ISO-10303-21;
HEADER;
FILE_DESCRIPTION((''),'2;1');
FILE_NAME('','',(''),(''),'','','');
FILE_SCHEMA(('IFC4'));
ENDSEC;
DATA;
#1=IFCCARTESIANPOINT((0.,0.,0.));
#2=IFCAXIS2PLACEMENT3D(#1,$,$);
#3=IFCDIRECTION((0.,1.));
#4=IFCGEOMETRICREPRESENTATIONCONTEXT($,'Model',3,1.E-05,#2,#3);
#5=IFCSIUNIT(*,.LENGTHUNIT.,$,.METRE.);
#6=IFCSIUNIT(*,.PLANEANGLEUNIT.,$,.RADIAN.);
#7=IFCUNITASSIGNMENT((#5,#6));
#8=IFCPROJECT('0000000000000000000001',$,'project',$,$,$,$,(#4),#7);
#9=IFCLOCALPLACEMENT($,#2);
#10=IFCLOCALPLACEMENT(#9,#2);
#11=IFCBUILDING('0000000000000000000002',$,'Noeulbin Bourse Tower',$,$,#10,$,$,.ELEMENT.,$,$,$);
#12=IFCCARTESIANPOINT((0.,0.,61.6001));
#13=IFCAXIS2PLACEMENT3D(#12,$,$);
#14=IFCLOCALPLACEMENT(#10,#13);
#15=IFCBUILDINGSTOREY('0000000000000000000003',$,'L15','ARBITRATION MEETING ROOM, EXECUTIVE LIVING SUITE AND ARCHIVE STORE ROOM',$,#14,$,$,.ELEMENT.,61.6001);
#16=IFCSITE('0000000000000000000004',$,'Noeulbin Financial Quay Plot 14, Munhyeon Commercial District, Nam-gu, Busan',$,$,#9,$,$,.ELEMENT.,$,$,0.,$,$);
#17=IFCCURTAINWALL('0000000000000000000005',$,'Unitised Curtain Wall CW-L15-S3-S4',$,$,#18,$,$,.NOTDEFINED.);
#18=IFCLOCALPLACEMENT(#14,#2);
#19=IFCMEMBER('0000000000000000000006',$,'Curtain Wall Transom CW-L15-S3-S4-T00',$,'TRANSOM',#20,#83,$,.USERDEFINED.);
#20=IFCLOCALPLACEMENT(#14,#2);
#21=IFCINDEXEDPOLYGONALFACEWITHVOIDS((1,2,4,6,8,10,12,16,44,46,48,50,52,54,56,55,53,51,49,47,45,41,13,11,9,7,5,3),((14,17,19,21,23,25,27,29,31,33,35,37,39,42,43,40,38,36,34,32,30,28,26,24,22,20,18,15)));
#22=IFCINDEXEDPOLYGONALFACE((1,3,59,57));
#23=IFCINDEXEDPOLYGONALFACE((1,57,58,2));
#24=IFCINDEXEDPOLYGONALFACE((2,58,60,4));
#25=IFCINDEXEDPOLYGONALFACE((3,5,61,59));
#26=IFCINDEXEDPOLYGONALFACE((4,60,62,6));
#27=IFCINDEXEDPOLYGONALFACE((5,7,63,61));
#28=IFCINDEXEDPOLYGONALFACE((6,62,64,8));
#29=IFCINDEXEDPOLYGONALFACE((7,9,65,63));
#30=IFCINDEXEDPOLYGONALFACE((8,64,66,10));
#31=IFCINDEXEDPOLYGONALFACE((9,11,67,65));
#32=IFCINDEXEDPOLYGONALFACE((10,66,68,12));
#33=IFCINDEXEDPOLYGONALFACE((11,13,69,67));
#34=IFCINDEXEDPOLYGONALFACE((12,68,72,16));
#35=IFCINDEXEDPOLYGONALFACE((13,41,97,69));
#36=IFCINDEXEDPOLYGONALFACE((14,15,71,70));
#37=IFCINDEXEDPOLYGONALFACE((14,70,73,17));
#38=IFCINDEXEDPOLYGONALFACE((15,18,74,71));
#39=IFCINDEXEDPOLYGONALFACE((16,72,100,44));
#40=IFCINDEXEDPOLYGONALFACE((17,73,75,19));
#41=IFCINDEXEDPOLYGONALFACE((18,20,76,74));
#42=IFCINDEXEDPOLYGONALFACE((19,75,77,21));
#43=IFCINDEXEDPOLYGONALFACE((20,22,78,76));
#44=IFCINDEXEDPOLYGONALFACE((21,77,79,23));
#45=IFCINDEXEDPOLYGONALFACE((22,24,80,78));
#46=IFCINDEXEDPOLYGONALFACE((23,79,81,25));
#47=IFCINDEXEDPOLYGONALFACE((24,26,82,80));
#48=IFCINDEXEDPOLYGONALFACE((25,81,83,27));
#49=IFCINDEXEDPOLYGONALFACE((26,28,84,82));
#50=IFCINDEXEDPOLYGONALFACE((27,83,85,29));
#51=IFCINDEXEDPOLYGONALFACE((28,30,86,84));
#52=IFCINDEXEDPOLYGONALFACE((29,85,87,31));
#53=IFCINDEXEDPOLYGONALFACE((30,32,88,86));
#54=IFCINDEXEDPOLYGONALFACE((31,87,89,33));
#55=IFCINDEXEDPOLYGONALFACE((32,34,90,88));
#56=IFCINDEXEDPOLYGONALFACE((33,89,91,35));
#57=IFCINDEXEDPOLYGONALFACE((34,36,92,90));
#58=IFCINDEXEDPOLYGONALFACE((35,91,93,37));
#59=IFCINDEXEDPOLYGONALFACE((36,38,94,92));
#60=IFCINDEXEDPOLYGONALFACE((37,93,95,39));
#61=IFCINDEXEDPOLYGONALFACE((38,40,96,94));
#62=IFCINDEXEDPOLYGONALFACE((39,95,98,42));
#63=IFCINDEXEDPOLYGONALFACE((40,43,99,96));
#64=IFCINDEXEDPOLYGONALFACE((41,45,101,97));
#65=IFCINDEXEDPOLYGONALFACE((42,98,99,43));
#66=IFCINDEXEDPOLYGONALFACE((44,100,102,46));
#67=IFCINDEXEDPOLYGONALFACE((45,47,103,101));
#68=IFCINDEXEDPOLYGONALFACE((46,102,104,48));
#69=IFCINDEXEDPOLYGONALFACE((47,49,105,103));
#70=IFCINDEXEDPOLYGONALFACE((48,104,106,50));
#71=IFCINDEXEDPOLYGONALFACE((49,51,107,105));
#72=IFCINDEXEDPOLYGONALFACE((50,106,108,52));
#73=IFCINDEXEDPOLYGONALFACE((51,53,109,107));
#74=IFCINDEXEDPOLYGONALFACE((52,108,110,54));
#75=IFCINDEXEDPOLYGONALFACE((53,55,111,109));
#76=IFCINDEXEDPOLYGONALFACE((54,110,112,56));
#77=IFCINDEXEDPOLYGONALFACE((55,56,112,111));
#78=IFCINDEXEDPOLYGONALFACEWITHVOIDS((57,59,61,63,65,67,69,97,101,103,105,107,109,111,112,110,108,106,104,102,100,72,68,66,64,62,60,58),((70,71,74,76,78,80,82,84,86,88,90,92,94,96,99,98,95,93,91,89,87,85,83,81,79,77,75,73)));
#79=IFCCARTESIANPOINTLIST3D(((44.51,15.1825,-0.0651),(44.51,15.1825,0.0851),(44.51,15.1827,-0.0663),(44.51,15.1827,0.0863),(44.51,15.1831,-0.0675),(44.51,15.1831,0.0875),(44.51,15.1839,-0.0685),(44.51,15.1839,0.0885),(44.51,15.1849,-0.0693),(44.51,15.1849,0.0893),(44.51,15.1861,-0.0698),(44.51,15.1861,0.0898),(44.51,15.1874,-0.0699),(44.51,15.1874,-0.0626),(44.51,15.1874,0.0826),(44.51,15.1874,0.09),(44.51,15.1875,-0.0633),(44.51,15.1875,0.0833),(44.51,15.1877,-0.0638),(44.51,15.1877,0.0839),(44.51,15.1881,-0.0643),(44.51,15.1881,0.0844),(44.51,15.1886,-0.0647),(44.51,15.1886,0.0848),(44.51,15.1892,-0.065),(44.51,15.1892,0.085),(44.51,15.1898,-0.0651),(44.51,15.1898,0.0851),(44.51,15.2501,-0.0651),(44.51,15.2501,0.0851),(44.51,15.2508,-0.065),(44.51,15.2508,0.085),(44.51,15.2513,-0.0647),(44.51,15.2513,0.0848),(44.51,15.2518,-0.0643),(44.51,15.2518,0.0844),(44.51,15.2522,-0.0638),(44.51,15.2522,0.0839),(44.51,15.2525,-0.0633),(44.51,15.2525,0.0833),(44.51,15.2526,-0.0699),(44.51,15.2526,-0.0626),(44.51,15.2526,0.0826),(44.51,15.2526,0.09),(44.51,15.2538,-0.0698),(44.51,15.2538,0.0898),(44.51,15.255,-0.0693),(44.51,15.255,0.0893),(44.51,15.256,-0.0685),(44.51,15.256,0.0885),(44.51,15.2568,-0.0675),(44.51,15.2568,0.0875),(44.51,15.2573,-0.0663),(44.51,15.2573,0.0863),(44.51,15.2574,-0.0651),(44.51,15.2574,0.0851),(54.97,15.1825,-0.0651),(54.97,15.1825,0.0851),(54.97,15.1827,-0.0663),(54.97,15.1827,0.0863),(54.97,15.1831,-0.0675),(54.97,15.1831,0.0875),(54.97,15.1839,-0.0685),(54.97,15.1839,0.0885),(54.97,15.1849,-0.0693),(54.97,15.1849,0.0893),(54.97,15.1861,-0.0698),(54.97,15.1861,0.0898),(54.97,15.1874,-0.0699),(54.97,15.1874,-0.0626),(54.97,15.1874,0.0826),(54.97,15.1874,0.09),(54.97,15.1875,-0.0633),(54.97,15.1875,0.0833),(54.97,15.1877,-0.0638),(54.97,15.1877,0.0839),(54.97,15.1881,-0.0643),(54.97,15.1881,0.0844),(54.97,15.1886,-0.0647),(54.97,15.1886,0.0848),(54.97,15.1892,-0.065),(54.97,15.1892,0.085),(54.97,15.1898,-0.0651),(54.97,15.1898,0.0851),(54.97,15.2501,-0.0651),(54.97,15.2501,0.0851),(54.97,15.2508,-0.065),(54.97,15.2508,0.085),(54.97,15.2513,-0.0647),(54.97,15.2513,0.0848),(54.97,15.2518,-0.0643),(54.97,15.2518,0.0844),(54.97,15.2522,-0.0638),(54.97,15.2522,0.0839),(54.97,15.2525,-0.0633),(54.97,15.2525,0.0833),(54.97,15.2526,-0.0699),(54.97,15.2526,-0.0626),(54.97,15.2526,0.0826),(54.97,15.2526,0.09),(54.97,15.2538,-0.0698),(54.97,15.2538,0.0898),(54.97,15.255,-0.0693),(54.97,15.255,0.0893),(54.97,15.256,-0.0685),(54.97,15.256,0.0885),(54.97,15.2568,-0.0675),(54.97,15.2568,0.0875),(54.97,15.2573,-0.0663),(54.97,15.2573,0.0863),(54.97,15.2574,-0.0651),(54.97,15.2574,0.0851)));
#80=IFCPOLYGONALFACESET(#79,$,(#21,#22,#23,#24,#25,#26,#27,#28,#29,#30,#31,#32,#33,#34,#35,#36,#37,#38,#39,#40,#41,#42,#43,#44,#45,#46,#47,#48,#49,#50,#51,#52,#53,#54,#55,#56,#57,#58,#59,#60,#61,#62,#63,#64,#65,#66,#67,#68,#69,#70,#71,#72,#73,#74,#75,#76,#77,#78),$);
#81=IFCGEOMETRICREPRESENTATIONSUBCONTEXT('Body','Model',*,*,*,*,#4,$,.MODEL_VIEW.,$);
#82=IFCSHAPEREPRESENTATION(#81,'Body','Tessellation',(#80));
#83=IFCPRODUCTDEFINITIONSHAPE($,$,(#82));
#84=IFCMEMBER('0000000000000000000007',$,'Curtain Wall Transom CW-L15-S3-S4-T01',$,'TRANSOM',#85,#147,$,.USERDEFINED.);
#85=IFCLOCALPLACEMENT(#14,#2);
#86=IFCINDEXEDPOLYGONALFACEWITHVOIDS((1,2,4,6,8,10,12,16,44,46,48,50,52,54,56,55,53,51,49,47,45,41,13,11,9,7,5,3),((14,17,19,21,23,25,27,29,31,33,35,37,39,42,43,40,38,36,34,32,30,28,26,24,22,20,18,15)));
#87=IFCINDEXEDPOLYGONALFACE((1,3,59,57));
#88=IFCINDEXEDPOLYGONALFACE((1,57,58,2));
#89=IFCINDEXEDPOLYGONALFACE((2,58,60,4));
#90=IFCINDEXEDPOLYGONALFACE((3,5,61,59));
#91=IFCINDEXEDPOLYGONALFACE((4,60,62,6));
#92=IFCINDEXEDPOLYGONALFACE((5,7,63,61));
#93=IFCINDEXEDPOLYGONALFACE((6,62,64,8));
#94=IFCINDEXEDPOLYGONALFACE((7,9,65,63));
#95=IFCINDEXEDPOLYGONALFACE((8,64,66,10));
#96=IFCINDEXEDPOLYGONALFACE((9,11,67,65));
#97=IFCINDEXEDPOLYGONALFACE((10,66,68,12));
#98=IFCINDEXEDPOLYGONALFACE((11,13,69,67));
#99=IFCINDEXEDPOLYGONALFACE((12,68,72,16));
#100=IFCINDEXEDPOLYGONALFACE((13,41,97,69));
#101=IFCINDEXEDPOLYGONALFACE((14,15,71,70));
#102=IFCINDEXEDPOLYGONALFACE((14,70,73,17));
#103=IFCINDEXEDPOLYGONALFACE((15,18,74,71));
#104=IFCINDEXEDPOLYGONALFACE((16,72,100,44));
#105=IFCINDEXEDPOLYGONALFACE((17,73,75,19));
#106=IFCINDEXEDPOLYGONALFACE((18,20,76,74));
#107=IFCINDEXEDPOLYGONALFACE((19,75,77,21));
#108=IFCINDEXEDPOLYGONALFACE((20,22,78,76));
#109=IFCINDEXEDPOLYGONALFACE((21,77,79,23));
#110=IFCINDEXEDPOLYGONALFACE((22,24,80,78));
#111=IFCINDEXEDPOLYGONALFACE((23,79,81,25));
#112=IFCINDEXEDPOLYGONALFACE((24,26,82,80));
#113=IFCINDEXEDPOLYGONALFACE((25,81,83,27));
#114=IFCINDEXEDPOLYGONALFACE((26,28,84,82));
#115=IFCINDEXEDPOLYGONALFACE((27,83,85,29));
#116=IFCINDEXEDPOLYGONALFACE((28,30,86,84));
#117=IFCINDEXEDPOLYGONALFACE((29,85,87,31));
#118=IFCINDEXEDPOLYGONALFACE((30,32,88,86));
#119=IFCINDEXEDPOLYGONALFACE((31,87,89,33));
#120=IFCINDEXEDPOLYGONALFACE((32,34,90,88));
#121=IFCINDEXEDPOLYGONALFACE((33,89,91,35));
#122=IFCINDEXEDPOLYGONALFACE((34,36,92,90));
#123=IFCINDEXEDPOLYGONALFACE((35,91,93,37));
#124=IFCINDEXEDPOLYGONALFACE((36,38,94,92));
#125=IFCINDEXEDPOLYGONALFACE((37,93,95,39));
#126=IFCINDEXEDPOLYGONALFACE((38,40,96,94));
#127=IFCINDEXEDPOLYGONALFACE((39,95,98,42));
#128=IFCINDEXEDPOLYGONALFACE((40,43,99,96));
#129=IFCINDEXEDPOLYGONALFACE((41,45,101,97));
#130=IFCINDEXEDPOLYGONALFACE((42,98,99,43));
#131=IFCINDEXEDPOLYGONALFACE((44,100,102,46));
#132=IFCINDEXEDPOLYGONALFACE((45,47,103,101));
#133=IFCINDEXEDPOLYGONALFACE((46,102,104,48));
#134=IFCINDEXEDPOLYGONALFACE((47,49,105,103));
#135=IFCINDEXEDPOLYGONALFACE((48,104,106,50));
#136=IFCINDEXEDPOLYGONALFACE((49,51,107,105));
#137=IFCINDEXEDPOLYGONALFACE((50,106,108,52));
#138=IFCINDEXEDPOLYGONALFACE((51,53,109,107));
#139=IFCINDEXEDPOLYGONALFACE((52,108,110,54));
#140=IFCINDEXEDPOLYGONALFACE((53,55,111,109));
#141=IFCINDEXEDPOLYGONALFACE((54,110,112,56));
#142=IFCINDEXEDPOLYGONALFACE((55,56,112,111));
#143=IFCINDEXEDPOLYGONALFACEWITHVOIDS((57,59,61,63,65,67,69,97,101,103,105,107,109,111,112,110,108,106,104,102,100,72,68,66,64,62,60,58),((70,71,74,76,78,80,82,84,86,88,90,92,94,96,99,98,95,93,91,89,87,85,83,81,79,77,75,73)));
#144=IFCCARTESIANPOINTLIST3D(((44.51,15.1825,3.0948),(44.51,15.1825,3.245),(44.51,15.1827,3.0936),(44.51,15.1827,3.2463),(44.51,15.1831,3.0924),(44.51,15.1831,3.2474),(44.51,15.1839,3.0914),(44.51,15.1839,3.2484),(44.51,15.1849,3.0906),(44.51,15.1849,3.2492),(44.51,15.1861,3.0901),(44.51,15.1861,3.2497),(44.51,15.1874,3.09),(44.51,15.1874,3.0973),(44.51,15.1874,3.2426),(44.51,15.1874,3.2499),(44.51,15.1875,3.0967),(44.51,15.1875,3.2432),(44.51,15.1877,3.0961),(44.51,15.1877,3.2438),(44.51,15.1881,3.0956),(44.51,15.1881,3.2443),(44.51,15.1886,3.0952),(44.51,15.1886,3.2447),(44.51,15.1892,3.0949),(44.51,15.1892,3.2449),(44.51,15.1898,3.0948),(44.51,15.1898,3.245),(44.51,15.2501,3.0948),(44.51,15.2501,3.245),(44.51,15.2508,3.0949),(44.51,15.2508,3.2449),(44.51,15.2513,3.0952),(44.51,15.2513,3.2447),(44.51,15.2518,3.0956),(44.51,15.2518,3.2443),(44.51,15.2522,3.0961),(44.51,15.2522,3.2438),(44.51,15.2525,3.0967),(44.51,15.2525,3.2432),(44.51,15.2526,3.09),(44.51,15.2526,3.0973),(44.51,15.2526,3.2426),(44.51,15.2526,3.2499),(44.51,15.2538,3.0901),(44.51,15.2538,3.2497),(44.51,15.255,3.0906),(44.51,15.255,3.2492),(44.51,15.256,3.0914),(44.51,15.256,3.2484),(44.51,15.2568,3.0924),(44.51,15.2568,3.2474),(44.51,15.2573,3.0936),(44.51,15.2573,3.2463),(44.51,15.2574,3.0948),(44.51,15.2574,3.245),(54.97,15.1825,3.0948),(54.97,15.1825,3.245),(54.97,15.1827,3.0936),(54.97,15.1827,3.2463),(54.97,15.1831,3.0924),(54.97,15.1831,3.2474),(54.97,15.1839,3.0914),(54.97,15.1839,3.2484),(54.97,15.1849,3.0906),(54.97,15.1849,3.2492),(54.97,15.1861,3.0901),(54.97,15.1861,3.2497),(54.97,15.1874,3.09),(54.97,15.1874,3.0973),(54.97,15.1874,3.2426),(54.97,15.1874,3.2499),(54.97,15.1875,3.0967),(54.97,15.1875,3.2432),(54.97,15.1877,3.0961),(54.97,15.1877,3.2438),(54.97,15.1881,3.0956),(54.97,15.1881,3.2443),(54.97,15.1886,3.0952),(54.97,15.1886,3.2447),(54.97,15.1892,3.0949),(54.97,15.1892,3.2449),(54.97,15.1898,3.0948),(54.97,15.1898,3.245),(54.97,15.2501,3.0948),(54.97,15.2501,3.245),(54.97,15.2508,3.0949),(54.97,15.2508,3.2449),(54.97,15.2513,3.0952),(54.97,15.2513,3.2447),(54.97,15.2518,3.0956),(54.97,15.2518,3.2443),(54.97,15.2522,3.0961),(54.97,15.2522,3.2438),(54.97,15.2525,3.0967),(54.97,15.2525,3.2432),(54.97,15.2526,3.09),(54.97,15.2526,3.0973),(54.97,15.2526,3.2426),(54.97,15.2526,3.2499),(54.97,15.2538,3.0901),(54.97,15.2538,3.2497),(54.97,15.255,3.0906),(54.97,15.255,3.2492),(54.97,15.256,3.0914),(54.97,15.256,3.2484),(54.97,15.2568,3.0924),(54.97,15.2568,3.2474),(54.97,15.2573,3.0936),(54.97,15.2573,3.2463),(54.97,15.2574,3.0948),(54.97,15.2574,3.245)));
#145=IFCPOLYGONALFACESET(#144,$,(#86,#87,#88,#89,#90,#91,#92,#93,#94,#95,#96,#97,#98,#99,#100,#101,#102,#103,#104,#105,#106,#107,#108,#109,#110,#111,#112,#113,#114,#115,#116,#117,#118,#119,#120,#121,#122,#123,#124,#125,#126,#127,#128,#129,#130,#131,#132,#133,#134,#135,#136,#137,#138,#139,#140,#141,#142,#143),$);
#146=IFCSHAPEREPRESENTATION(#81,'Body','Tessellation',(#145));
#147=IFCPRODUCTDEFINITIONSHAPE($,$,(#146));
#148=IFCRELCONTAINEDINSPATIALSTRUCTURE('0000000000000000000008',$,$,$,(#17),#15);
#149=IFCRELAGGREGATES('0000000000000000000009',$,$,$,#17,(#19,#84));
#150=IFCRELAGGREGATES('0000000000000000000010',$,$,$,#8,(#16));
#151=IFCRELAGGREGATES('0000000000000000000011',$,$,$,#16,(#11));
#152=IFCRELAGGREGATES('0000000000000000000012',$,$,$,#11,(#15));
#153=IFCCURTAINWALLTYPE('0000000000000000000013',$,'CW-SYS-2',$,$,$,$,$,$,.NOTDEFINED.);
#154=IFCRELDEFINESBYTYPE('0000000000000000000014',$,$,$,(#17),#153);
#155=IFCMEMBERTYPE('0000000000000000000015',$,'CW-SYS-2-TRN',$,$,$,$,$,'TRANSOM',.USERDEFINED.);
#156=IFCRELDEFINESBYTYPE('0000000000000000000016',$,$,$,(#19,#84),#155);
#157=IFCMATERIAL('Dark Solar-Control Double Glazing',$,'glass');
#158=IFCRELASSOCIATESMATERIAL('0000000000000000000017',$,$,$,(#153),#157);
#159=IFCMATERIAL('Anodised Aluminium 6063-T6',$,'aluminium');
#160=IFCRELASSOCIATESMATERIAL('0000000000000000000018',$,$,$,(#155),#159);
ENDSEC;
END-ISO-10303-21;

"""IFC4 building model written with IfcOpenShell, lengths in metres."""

from ifc_helpers import new_model, si_unit, direction, frame, origin, origin_2d, place, context, subcontext, project, spatial, hollow_rectangle, extrude, material, material_profile, profile_set, type_object, element, aggregate, save


model = new_model("IFC4")

# Units and contexts
model_context = context("Model", 3, precision=1e-05, world=origin(), true_north=direction((0.0, 1.0)))
body_context = subcontext(model_context, "Body", "Model", "MODEL_VIEW")
ifc_project = project(units=[si_unit("LENGTHUNIT", "METRE"), si_unit("PLANEANGLEUNIT", "RADIAN")], contexts=[model_context])

# Site, building, storey
site_placement = place(None, origin())
site = spatial("IfcSite", under=ifc_project, at=site_placement, Name="Noeulbin Financial Quay Plot 14, Munhyeon Commercial District, Nam-gu, Busan", CompositionType="ELEMENT", RefElevation=0.0)
building_placement = place(site_placement, origin())
building = spatial("IfcBuilding", under=site, at=building_placement, Name="Noeulbin Bourse Tower", CompositionType="ELEMENT")
storey_placement = place(building_placement, frame((0.0, 0.0, 61.6001)))
storey = spatial("IfcBuildingStorey", under=building, at=storey_placement, Name="L15", Description="ARBITRATION MEETING ROOM, EXECUTIVE LIVING SUITE AND ARCHIVE STORE ROOM", CompositionType="ELEMENT", Elevation=61.6001)

# Curtain wall
ifc_material_1 = material(Name="Dark Solar-Control Double Glazing", Category="glass")
curtain_wall_type = type_object("IfcCurtainWallType", Name="CW-SYS-2", PredefinedType="NOTDEFINED", material=ifc_material_1)
curtain_wall_1_placement = place(storey_placement, origin())
curtain_wall_1 = element("IfcCurtainWall", 1, at=curtain_wall_1_placement, inside=storey, type_object=curtain_wall_type, Name="Unitised Curtain Wall CW-L15-S3-S4", PredefinedType="NOTDEFINED")
ifc_material_2 = material(Name="Anodised Aluminium 6063-T6", Category="aluminium")

# Members
ifc_material_profile_1 = material_profile(ifc_material_2, hollow_rectangle(XDim=0.075, YDim=0.1599, WallThickness=0.0049, InnerFilletRadius=0.0024, OuterFilletRadius=0.0049, at=origin_2d()), Name="ALU-TRAN-75x160x5", Category="LoadBearing")
ifc_profile_set_1 = profile_set([ifc_material_profile_1], Name="Anodised Aluminium 6063-T6")
member_type_1 = type_object("IfcMemberType", Name="CW-SYS-2-TRN", ElementType="TRANSOM", PredefinedType="USERDEFINED", material=ifc_profile_set_1)
member_1_placement = place(storey_placement, frame((44.51, 15.22, 0.01), z_axis=(1.0, 0.0, 0.0), x_axis=(0.0, 1.0, 0.0)))
member_1 = element("IfcMember", 2, at=member_1_placement, type_object=member_type_1, Name="Curtain Wall Transom CW-L15-S3-S4-T00", ObjectType="TRANSOM", PredefinedType="USERDEFINED", context=body_context, shape_type="SweptSolid", body=[
    extrude(hollow_rectangle(XDim=0.075, YDim=0.1599, WallThickness=0.0049, InnerFilletRadius=0.0024, OuterFilletRadius=0.0049, at=origin_2d()), origin(), (0.0, 0.0, 1.0), 10.46),
])
member_2_placement = place(storey_placement, frame((44.51, 15.22, 3.1699), z_axis=(1.0, 0.0, 0.0), x_axis=(0.0, 1.0, 0.0)))
member_2 = element("IfcMember", 3, at=member_2_placement, type_object=member_type_1, Name="Curtain Wall Transom CW-L15-S3-S4-T01", ObjectType="TRANSOM", PredefinedType="USERDEFINED", context=body_context, shape_type="SweptSolid", body=[
    extrude(hollow_rectangle(XDim=0.075, YDim=0.1599, WallThickness=0.0049, InnerFilletRadius=0.0024, OuterFilletRadius=0.0049, at=origin_2d()), origin(), (0.0, 0.0, 1.0), 10.46),
])

aggregate(curtain_wall_1, [member_1, member_2])

save(model, "model.ifc")
